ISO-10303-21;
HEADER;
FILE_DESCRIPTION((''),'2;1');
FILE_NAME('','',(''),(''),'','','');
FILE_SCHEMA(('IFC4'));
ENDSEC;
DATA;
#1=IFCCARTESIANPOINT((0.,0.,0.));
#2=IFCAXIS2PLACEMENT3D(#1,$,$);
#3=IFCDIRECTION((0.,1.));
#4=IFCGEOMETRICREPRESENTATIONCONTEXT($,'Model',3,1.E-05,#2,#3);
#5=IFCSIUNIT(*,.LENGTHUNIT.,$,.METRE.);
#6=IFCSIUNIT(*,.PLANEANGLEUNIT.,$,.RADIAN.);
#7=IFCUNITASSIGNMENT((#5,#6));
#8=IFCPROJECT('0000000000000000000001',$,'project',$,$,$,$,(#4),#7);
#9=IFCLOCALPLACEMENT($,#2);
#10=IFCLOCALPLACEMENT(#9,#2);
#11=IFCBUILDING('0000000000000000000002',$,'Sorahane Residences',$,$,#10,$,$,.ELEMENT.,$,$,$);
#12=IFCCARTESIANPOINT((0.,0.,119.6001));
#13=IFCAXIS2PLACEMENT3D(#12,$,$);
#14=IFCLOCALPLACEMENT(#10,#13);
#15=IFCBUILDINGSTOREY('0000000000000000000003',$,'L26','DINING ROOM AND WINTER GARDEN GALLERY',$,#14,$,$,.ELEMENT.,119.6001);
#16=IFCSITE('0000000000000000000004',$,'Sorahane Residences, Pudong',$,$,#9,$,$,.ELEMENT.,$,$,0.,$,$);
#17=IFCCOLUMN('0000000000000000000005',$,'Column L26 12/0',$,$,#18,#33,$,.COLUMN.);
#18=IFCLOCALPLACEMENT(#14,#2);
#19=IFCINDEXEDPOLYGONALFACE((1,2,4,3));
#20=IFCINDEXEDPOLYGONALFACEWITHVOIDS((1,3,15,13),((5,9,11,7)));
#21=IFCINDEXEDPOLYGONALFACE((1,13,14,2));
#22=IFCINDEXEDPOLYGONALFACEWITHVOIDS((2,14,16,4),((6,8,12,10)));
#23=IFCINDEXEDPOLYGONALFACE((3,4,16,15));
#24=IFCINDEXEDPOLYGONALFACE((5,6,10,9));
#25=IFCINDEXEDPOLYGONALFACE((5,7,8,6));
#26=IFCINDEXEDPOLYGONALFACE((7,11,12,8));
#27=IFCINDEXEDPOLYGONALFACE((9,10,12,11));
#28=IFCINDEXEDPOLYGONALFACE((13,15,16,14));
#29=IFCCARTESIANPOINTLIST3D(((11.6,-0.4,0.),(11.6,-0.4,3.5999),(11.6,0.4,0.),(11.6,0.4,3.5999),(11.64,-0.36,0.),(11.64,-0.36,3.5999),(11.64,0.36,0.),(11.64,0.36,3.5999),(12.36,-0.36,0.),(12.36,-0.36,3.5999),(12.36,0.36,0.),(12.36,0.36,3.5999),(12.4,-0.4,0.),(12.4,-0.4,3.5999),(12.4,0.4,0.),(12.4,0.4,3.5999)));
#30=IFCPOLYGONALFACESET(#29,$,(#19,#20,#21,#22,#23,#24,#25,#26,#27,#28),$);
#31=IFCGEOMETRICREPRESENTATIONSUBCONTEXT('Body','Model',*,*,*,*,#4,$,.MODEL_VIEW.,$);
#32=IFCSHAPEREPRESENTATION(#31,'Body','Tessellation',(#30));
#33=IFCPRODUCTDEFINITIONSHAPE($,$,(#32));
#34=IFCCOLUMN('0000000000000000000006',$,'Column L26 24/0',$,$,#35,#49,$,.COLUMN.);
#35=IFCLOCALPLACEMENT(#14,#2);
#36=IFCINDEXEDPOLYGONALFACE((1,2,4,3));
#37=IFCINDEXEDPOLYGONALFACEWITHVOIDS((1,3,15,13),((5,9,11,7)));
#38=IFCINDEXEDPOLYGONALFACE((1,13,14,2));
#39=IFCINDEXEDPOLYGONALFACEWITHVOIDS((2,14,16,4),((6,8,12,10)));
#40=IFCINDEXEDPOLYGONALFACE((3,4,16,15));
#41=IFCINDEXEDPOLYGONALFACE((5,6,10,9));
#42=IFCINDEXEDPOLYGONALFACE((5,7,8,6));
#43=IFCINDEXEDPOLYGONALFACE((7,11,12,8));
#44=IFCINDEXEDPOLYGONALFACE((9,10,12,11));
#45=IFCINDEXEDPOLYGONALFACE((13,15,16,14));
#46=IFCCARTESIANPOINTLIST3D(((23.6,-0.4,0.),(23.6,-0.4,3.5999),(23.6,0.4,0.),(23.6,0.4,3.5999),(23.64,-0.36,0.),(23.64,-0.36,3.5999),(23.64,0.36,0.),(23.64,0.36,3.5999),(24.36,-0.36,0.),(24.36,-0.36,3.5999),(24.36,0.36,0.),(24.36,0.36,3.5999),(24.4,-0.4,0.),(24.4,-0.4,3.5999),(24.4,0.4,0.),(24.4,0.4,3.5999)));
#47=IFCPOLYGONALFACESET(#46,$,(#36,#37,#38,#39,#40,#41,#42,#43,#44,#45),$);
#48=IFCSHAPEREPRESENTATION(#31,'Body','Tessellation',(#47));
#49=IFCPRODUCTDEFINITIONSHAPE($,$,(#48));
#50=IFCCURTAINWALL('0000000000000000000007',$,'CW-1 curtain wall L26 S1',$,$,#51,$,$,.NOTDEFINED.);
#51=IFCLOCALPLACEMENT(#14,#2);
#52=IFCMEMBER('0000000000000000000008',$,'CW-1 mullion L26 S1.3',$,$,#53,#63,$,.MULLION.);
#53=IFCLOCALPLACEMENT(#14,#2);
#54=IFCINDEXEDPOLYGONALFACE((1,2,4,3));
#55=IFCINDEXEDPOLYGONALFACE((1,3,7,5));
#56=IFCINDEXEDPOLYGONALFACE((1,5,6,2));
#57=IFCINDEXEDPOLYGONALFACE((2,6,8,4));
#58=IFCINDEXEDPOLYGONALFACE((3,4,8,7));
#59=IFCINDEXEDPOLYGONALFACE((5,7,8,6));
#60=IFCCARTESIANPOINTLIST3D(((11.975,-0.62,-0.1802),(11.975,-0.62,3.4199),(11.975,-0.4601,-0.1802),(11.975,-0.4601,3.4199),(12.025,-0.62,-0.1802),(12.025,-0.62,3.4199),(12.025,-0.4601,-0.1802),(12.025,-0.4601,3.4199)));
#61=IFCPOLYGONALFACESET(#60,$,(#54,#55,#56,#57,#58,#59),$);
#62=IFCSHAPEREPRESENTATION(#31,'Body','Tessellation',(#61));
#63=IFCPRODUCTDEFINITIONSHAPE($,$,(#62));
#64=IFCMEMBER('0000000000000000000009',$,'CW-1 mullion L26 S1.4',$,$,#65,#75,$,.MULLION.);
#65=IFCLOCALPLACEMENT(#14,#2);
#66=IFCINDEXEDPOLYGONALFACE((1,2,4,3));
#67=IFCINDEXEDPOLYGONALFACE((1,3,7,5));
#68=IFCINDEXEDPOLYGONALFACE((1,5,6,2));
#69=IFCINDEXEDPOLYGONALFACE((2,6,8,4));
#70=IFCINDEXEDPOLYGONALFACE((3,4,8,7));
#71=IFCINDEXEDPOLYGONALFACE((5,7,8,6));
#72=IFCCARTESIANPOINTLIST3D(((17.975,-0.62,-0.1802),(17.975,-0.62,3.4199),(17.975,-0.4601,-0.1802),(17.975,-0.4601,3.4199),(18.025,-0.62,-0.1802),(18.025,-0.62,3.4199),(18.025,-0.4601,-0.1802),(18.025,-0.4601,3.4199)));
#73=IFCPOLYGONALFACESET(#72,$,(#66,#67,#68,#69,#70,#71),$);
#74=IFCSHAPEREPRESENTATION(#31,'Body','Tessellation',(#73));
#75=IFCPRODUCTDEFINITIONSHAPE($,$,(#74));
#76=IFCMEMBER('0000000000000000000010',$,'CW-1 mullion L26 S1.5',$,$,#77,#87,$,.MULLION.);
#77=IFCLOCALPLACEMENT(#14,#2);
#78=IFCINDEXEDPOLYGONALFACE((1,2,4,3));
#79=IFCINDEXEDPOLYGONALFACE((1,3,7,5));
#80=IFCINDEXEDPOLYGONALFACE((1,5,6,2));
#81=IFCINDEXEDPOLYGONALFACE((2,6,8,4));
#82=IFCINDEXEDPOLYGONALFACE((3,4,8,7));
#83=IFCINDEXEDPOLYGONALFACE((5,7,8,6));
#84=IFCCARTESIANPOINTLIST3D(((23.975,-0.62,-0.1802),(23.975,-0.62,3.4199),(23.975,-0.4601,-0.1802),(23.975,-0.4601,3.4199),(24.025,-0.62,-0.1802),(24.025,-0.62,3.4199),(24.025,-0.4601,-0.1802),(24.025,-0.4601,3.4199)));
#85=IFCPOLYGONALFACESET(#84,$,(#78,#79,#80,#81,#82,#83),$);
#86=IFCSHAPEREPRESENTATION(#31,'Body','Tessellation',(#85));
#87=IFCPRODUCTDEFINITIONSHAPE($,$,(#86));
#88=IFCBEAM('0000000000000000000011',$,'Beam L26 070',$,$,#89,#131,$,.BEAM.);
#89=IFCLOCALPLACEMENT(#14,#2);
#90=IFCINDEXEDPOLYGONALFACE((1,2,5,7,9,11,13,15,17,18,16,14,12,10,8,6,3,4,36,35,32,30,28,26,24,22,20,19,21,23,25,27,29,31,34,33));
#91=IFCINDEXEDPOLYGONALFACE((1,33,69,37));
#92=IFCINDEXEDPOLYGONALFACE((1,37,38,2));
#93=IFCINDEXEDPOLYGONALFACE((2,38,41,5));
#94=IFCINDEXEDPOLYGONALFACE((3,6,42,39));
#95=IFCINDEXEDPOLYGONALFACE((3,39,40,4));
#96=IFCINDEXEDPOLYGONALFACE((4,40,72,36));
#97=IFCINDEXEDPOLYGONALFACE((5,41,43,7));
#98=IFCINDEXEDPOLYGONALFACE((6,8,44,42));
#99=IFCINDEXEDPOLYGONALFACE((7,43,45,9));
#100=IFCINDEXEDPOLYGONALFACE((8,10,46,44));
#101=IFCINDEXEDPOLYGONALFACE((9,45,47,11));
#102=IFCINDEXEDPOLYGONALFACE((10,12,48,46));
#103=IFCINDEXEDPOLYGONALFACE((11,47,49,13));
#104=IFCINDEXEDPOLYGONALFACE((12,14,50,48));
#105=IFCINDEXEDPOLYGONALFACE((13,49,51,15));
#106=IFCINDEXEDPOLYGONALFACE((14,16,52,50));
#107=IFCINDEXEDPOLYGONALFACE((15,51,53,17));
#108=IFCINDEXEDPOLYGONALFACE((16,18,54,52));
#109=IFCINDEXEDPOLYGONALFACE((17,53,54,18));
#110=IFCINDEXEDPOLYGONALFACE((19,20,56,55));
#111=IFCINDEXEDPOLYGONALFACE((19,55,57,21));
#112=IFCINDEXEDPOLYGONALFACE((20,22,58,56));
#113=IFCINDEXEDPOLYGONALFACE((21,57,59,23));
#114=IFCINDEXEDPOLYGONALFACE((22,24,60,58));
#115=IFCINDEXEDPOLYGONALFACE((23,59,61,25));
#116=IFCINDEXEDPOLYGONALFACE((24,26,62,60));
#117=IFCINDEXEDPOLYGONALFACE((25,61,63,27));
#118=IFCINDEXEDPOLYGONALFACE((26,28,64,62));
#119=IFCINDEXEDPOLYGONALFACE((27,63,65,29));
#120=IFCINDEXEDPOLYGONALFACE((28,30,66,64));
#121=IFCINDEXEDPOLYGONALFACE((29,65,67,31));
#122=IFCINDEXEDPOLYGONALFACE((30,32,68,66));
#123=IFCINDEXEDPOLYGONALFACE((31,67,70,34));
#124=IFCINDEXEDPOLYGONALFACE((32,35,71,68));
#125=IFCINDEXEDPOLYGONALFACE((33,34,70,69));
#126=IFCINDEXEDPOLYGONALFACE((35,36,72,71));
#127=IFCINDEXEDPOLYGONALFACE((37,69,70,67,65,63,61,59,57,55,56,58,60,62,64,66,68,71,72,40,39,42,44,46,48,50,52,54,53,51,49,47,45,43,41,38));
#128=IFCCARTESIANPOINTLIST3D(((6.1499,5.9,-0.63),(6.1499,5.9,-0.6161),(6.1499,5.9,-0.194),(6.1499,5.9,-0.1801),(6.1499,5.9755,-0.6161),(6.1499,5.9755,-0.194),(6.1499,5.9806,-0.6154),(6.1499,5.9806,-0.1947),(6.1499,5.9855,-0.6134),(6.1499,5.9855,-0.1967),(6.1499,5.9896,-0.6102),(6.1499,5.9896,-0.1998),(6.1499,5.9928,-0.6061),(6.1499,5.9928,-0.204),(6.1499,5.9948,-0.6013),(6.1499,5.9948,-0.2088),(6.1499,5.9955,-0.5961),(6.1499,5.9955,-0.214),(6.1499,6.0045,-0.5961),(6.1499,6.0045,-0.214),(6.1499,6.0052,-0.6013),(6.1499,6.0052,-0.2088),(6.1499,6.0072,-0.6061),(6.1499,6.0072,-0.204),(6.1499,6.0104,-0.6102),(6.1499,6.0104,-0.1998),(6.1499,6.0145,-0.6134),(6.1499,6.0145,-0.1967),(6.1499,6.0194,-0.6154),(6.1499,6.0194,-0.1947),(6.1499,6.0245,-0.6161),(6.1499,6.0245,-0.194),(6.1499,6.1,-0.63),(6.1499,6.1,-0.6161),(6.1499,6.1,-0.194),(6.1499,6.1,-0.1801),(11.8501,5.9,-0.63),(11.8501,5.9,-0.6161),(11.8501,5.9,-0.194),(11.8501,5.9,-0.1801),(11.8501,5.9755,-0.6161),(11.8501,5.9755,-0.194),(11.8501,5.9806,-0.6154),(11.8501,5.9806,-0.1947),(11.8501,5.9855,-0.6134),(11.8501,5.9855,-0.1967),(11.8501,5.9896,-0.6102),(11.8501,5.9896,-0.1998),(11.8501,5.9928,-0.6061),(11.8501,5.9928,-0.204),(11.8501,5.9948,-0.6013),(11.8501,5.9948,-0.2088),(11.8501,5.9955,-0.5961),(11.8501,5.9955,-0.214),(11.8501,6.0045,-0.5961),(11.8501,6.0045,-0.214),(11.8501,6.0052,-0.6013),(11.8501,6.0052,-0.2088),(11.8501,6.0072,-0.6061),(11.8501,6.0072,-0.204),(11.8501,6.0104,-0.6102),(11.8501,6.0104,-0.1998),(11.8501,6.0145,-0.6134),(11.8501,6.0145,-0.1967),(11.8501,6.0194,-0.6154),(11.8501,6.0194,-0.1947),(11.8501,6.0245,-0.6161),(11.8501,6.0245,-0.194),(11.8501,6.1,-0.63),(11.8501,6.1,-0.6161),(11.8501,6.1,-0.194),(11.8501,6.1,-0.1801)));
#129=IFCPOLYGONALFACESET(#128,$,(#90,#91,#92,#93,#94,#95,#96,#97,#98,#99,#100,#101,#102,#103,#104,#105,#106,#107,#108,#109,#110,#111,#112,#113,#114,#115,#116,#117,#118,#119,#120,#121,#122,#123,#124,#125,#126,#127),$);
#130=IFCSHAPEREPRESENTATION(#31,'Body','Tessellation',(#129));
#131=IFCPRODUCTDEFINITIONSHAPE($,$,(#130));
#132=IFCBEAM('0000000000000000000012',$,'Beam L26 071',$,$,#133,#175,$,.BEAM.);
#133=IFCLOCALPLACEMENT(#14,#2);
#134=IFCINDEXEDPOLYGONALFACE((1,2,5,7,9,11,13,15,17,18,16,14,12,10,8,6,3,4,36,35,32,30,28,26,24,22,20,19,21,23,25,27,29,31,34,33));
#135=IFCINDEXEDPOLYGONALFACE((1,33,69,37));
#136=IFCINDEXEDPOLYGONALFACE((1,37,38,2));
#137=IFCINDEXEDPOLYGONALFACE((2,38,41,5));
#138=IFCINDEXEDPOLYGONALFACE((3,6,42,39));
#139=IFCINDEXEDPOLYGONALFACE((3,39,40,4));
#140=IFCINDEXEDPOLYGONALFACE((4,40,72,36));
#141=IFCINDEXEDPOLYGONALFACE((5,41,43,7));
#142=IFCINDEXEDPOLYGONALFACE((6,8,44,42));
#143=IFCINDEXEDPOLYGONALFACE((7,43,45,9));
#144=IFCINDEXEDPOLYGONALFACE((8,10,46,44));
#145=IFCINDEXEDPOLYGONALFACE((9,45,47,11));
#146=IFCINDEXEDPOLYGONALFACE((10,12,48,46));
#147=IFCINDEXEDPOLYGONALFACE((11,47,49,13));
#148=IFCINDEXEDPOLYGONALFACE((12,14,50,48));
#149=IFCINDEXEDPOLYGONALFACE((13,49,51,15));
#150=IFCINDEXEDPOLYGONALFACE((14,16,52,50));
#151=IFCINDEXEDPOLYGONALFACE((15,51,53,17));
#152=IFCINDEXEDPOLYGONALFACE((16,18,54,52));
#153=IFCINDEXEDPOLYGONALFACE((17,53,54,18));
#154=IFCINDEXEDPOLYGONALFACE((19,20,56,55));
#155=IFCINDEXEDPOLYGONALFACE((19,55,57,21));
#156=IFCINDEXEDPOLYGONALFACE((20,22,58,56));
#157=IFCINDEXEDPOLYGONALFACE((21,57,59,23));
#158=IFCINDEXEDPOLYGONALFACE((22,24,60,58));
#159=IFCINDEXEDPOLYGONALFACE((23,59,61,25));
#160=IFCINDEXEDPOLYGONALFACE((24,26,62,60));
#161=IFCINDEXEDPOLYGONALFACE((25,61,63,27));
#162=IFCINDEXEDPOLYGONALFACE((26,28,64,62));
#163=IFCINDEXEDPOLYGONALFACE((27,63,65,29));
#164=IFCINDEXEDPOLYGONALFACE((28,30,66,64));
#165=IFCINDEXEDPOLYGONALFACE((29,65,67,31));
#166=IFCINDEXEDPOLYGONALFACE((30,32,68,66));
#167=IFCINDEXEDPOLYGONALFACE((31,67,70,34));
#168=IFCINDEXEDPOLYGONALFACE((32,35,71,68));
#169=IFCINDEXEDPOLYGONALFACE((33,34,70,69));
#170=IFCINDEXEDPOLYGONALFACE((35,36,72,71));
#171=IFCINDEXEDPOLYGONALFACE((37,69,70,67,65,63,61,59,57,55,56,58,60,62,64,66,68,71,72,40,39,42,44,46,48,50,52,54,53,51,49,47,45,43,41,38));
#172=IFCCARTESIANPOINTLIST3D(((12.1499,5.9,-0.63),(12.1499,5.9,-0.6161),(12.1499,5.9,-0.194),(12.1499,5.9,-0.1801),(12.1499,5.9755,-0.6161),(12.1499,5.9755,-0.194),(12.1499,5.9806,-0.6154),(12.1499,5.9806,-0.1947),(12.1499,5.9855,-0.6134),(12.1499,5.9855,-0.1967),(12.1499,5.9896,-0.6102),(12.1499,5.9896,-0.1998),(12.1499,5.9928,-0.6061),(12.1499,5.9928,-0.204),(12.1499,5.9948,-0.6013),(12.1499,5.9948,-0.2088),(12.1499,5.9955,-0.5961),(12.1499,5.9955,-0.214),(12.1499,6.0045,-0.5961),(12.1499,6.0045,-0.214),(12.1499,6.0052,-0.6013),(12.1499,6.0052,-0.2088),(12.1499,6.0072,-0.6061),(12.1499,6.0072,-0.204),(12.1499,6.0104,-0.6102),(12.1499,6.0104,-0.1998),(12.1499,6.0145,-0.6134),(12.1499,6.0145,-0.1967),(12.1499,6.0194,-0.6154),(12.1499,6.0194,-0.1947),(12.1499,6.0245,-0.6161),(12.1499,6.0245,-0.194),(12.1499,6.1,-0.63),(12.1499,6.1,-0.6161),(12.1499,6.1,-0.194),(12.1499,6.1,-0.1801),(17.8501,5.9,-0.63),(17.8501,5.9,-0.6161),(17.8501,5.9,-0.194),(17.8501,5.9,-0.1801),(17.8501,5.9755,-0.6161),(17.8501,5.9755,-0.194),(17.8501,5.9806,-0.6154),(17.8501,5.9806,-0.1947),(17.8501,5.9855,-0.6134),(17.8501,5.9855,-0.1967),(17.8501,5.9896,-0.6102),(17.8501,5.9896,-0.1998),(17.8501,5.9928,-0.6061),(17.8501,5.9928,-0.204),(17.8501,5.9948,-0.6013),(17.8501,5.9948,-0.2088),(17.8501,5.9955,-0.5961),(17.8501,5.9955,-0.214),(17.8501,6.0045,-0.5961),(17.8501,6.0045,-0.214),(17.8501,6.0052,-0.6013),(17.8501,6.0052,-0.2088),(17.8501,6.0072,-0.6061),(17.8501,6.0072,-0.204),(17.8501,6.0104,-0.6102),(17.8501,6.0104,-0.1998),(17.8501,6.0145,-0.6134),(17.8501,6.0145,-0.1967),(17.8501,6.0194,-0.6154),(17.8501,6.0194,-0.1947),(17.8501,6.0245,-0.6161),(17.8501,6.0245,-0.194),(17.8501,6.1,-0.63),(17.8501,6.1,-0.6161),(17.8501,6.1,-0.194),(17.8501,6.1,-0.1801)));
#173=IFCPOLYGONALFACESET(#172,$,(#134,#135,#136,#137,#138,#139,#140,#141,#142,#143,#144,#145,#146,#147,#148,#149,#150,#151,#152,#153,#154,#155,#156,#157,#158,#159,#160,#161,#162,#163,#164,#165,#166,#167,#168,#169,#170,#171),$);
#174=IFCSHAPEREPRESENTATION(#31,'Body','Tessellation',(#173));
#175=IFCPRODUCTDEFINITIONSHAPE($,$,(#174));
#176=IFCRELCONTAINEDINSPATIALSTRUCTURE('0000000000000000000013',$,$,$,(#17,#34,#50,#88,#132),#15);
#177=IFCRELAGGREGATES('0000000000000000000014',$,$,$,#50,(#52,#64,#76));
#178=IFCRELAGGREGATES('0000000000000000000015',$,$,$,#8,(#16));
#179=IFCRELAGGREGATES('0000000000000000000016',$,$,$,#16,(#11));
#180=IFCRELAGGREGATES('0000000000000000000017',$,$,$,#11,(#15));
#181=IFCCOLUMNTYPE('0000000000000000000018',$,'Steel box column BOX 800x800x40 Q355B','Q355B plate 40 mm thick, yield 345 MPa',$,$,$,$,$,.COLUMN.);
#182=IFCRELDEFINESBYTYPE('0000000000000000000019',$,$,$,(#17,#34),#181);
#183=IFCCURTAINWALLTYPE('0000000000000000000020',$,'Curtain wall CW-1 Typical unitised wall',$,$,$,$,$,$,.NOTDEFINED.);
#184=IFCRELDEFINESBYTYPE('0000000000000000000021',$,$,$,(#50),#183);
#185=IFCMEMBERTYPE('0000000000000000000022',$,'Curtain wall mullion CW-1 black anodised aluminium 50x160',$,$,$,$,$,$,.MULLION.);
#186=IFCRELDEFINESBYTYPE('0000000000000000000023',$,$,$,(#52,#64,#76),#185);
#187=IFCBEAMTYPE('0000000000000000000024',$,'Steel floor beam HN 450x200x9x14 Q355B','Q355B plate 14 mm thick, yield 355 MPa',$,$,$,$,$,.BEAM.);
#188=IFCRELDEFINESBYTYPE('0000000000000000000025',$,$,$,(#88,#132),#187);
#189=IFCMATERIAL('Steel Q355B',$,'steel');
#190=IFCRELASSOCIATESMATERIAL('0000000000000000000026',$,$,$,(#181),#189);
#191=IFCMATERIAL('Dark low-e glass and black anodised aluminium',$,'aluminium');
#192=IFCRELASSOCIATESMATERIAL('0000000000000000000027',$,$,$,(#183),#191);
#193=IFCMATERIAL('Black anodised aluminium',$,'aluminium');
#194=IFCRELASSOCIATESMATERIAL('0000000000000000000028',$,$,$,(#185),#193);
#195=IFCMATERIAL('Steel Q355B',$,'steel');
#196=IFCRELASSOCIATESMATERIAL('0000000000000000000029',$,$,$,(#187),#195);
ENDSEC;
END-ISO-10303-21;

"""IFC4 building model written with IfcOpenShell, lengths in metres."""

from ifc_helpers import new_model, si_unit, direction, frame, origin, origin_2d, place, context, subcontext, project, spatial, rectangle, hollow_rectangle, i_section, extrude, material, material_profile, profile_set, type_object, element, aggregate, save


model = new_model("IFC4")

# Units and contexts
model_context = context("Model", 3, precision=1e-05, world=origin(), true_north=direction((0.0, 1.0)))
body_context = subcontext(model_context, "Body", "Model", "MODEL_VIEW")
ifc_project = project(units=[si_unit("LENGTHUNIT", "METRE"), si_unit("PLANEANGLEUNIT", "RADIAN")], contexts=[model_context])

# Site, building, storey
site_placement = place(None, origin())
site = spatial("IfcSite", under=ifc_project, at=site_placement, Name="Sorahane Residences, Pudong", CompositionType="ELEMENT", RefElevation=0.0)
building_placement = place(site_placement, origin())
building = spatial("IfcBuilding", under=site, at=building_placement, Name="Sorahane Residences", CompositionType="ELEMENT")
storey_placement = place(building_placement, frame((0.0, 0.0, 119.6001)))
storey = spatial("IfcBuildingStorey", under=building, at=storey_placement, Name="L26", Description="DINING ROOM AND WINTER GARDEN GALLERY", CompositionType="ELEMENT", Elevation=119.6001)

# Columns
ifc_material_1 = material(Name="Steel Q355B", Category="steel")
ifc_material_profile_1 = material_profile(ifc_material_1, hollow_rectangle(XDim=0.8, YDim=0.8, WallThickness=0.04, at=origin_2d()), Name="BOX 800x800x40")
ifc_profile_set_1 = profile_set([ifc_material_profile_1], Name="Steel Q355B")
column_type = type_object("IfcColumnType", Name="Steel box column BOX 800x800x40 Q355B", Description="Q355B plate 40 mm thick, yield 345 MPa", PredefinedType="COLUMN", material=ifc_profile_set_1)
for number, where, z_axis, x_axis, name in (
    (1, (12.0, 0.0, 0.0), (0.0, 0.0, 1.0), (1.0, 0.0, 0.0), "Column L26 12/0"),
    (2, (24.0, 0.0, 0.0), (0.0, 0.0, 1.0), (1.0, 0.0, 0.0), "Column L26 24/0"),
):
    element("IfcColumn", number, at=place(storey_placement, frame(where, z_axis=z_axis, x_axis=x_axis)), inside=storey, type_object=column_type, Name=name, PredefinedType="COLUMN", context=body_context, shape_type="SweptSolid", body=[
        extrude(hollow_rectangle(XDim=0.8, YDim=0.8, WallThickness=0.04, at=origin_2d()), origin(), (0.0, 0.0, 1.0), 3.5999),
    ])

# Curtain wall, members
ifc_material_2 = material(Name="Dark low-e glass and black anodised aluminium", Category="aluminium")
curtain_wall_type = type_object("IfcCurtainWallType", Name="Curtain wall CW-1 Typical unitised wall", PredefinedType="NOTDEFINED", material=ifc_material_2)
curtain_wall_placement = place(storey_placement, origin())
curtain_wall = element("IfcCurtainWall", 3, at=curtain_wall_placement, inside=storey, type_object=curtain_wall_type, Name="CW-1 curtain wall L26 S1", PredefinedType="NOTDEFINED")
ifc_material_3 = material(Name="Black anodised aluminium", Category="aluminium")
ifc_material_profile_2 = material_profile(ifc_material_3, rectangle(XDim=0.1599, YDim=0.05, at=origin_2d()), Name="Curtain wall mullion CW-1 black anodised aluminium 50x160")
ifc_profile_set_2 = profile_set([ifc_material_profile_2], Name="Black anodised aluminium")
member_type = type_object("IfcMemberType", Name="Curtain wall mullion CW-1 black anodised aluminium 50x160", PredefinedType="MULLION", material=ifc_profile_set_2)
member_1_placement = place(storey_placement, frame((12.0, -0.54, -0.1802), z_axis=(0.0, 0.0, 1.0), x_axis=(0.0, -1.0, 0.0)))
member_1 = element("IfcMember", 4, at=member_1_placement, type_object=member_type, Name="CW-1 mullion L26 S1.3", PredefinedType="MULLION", context=body_context, shape_type="SweptSolid", body=[
    extrude(rectangle(XDim=0.1599, YDim=0.05, at=origin_2d()), origin(), (0.0, 0.0, 1.0), 3.6001),
])
member_2_placement = place(storey_placement, frame((18.0, -0.54, -0.1802), z_axis=(0.0, 0.0, 1.0), x_axis=(0.0, -1.0, 0.0)))
member_2 = element("IfcMember", 5, at=member_2_placement, type_object=member_type, Name="CW-1 mullion L26 S1.4", PredefinedType="MULLION", context=body_context, shape_type="SweptSolid", body=[
    extrude(rectangle(XDim=0.1599, YDim=0.05, at=origin_2d()), origin(), (0.0, 0.0, 1.0), 3.6001),
])
member_3_placement = place(storey_placement, frame((24.0, -0.54, -0.1802), z_axis=(0.0, 0.0, 1.0), x_axis=(0.0, -1.0, 0.0)))
member_3 = element("IfcMember", 6, at=member_3_placement, type_object=member_type, Name="CW-1 mullion L26 S1.5", PredefinedType="MULLION", context=body_context, shape_type="SweptSolid", body=[
    extrude(rectangle(XDim=0.1599, YDim=0.05, at=origin_2d()), origin(), (0.0, 0.0, 1.0), 3.6001),
])

# Beams
ifc_material_4 = material(Name="Steel Q355B", Category="steel")
ifc_material_profile_3 = material_profile(ifc_material_4, i_section(OverallWidth=0.2, OverallDepth=0.45, WebThickness=0.009, FlangeThickness=0.0139, FilletRadius=0.02, at=origin_2d()), Name="HN 450x200x9x14")
ifc_profile_set_3 = profile_set([ifc_material_profile_3], Name="Steel Q355B")
beam_type_1 = type_object("IfcBeamType", Name="Steel floor beam HN 450x200x9x14 Q355B", Description="Q355B plate 14 mm thick, yield 355 MPa", PredefinedType="BEAM", material=ifc_profile_set_3)
for number, where, z_axis, x_axis, name in (
    (7, (6.1499, 6.0, -0.405), (1.0, 0.0, 0.0), (0.0, 1.0, 0.0), "Beam L26 070"),
    (8, (12.1499, 6.0, -0.405), (1.0, 0.0, 0.0), (0.0, 1.0, 0.0), "Beam L26 071"),
):
    element("IfcBeam", number, at=place(storey_placement, frame(where, z_axis=z_axis, x_axis=x_axis)), inside=storey, type_object=beam_type_1, Name=name, PredefinedType="BEAM", context=body_context, shape_type="SweptSolid", body=[
        extrude(i_section(OverallWidth=0.2, OverallDepth=0.45, WebThickness=0.009, FlangeThickness=0.0139, FilletRadius=0.02, at=origin_2d()), origin(), (0.0, 0.0, 1.0), 5.7002),
    ])

aggregate(curtain_wall, [member_1, member_2, member_3])

save(model, "model.ifc")
